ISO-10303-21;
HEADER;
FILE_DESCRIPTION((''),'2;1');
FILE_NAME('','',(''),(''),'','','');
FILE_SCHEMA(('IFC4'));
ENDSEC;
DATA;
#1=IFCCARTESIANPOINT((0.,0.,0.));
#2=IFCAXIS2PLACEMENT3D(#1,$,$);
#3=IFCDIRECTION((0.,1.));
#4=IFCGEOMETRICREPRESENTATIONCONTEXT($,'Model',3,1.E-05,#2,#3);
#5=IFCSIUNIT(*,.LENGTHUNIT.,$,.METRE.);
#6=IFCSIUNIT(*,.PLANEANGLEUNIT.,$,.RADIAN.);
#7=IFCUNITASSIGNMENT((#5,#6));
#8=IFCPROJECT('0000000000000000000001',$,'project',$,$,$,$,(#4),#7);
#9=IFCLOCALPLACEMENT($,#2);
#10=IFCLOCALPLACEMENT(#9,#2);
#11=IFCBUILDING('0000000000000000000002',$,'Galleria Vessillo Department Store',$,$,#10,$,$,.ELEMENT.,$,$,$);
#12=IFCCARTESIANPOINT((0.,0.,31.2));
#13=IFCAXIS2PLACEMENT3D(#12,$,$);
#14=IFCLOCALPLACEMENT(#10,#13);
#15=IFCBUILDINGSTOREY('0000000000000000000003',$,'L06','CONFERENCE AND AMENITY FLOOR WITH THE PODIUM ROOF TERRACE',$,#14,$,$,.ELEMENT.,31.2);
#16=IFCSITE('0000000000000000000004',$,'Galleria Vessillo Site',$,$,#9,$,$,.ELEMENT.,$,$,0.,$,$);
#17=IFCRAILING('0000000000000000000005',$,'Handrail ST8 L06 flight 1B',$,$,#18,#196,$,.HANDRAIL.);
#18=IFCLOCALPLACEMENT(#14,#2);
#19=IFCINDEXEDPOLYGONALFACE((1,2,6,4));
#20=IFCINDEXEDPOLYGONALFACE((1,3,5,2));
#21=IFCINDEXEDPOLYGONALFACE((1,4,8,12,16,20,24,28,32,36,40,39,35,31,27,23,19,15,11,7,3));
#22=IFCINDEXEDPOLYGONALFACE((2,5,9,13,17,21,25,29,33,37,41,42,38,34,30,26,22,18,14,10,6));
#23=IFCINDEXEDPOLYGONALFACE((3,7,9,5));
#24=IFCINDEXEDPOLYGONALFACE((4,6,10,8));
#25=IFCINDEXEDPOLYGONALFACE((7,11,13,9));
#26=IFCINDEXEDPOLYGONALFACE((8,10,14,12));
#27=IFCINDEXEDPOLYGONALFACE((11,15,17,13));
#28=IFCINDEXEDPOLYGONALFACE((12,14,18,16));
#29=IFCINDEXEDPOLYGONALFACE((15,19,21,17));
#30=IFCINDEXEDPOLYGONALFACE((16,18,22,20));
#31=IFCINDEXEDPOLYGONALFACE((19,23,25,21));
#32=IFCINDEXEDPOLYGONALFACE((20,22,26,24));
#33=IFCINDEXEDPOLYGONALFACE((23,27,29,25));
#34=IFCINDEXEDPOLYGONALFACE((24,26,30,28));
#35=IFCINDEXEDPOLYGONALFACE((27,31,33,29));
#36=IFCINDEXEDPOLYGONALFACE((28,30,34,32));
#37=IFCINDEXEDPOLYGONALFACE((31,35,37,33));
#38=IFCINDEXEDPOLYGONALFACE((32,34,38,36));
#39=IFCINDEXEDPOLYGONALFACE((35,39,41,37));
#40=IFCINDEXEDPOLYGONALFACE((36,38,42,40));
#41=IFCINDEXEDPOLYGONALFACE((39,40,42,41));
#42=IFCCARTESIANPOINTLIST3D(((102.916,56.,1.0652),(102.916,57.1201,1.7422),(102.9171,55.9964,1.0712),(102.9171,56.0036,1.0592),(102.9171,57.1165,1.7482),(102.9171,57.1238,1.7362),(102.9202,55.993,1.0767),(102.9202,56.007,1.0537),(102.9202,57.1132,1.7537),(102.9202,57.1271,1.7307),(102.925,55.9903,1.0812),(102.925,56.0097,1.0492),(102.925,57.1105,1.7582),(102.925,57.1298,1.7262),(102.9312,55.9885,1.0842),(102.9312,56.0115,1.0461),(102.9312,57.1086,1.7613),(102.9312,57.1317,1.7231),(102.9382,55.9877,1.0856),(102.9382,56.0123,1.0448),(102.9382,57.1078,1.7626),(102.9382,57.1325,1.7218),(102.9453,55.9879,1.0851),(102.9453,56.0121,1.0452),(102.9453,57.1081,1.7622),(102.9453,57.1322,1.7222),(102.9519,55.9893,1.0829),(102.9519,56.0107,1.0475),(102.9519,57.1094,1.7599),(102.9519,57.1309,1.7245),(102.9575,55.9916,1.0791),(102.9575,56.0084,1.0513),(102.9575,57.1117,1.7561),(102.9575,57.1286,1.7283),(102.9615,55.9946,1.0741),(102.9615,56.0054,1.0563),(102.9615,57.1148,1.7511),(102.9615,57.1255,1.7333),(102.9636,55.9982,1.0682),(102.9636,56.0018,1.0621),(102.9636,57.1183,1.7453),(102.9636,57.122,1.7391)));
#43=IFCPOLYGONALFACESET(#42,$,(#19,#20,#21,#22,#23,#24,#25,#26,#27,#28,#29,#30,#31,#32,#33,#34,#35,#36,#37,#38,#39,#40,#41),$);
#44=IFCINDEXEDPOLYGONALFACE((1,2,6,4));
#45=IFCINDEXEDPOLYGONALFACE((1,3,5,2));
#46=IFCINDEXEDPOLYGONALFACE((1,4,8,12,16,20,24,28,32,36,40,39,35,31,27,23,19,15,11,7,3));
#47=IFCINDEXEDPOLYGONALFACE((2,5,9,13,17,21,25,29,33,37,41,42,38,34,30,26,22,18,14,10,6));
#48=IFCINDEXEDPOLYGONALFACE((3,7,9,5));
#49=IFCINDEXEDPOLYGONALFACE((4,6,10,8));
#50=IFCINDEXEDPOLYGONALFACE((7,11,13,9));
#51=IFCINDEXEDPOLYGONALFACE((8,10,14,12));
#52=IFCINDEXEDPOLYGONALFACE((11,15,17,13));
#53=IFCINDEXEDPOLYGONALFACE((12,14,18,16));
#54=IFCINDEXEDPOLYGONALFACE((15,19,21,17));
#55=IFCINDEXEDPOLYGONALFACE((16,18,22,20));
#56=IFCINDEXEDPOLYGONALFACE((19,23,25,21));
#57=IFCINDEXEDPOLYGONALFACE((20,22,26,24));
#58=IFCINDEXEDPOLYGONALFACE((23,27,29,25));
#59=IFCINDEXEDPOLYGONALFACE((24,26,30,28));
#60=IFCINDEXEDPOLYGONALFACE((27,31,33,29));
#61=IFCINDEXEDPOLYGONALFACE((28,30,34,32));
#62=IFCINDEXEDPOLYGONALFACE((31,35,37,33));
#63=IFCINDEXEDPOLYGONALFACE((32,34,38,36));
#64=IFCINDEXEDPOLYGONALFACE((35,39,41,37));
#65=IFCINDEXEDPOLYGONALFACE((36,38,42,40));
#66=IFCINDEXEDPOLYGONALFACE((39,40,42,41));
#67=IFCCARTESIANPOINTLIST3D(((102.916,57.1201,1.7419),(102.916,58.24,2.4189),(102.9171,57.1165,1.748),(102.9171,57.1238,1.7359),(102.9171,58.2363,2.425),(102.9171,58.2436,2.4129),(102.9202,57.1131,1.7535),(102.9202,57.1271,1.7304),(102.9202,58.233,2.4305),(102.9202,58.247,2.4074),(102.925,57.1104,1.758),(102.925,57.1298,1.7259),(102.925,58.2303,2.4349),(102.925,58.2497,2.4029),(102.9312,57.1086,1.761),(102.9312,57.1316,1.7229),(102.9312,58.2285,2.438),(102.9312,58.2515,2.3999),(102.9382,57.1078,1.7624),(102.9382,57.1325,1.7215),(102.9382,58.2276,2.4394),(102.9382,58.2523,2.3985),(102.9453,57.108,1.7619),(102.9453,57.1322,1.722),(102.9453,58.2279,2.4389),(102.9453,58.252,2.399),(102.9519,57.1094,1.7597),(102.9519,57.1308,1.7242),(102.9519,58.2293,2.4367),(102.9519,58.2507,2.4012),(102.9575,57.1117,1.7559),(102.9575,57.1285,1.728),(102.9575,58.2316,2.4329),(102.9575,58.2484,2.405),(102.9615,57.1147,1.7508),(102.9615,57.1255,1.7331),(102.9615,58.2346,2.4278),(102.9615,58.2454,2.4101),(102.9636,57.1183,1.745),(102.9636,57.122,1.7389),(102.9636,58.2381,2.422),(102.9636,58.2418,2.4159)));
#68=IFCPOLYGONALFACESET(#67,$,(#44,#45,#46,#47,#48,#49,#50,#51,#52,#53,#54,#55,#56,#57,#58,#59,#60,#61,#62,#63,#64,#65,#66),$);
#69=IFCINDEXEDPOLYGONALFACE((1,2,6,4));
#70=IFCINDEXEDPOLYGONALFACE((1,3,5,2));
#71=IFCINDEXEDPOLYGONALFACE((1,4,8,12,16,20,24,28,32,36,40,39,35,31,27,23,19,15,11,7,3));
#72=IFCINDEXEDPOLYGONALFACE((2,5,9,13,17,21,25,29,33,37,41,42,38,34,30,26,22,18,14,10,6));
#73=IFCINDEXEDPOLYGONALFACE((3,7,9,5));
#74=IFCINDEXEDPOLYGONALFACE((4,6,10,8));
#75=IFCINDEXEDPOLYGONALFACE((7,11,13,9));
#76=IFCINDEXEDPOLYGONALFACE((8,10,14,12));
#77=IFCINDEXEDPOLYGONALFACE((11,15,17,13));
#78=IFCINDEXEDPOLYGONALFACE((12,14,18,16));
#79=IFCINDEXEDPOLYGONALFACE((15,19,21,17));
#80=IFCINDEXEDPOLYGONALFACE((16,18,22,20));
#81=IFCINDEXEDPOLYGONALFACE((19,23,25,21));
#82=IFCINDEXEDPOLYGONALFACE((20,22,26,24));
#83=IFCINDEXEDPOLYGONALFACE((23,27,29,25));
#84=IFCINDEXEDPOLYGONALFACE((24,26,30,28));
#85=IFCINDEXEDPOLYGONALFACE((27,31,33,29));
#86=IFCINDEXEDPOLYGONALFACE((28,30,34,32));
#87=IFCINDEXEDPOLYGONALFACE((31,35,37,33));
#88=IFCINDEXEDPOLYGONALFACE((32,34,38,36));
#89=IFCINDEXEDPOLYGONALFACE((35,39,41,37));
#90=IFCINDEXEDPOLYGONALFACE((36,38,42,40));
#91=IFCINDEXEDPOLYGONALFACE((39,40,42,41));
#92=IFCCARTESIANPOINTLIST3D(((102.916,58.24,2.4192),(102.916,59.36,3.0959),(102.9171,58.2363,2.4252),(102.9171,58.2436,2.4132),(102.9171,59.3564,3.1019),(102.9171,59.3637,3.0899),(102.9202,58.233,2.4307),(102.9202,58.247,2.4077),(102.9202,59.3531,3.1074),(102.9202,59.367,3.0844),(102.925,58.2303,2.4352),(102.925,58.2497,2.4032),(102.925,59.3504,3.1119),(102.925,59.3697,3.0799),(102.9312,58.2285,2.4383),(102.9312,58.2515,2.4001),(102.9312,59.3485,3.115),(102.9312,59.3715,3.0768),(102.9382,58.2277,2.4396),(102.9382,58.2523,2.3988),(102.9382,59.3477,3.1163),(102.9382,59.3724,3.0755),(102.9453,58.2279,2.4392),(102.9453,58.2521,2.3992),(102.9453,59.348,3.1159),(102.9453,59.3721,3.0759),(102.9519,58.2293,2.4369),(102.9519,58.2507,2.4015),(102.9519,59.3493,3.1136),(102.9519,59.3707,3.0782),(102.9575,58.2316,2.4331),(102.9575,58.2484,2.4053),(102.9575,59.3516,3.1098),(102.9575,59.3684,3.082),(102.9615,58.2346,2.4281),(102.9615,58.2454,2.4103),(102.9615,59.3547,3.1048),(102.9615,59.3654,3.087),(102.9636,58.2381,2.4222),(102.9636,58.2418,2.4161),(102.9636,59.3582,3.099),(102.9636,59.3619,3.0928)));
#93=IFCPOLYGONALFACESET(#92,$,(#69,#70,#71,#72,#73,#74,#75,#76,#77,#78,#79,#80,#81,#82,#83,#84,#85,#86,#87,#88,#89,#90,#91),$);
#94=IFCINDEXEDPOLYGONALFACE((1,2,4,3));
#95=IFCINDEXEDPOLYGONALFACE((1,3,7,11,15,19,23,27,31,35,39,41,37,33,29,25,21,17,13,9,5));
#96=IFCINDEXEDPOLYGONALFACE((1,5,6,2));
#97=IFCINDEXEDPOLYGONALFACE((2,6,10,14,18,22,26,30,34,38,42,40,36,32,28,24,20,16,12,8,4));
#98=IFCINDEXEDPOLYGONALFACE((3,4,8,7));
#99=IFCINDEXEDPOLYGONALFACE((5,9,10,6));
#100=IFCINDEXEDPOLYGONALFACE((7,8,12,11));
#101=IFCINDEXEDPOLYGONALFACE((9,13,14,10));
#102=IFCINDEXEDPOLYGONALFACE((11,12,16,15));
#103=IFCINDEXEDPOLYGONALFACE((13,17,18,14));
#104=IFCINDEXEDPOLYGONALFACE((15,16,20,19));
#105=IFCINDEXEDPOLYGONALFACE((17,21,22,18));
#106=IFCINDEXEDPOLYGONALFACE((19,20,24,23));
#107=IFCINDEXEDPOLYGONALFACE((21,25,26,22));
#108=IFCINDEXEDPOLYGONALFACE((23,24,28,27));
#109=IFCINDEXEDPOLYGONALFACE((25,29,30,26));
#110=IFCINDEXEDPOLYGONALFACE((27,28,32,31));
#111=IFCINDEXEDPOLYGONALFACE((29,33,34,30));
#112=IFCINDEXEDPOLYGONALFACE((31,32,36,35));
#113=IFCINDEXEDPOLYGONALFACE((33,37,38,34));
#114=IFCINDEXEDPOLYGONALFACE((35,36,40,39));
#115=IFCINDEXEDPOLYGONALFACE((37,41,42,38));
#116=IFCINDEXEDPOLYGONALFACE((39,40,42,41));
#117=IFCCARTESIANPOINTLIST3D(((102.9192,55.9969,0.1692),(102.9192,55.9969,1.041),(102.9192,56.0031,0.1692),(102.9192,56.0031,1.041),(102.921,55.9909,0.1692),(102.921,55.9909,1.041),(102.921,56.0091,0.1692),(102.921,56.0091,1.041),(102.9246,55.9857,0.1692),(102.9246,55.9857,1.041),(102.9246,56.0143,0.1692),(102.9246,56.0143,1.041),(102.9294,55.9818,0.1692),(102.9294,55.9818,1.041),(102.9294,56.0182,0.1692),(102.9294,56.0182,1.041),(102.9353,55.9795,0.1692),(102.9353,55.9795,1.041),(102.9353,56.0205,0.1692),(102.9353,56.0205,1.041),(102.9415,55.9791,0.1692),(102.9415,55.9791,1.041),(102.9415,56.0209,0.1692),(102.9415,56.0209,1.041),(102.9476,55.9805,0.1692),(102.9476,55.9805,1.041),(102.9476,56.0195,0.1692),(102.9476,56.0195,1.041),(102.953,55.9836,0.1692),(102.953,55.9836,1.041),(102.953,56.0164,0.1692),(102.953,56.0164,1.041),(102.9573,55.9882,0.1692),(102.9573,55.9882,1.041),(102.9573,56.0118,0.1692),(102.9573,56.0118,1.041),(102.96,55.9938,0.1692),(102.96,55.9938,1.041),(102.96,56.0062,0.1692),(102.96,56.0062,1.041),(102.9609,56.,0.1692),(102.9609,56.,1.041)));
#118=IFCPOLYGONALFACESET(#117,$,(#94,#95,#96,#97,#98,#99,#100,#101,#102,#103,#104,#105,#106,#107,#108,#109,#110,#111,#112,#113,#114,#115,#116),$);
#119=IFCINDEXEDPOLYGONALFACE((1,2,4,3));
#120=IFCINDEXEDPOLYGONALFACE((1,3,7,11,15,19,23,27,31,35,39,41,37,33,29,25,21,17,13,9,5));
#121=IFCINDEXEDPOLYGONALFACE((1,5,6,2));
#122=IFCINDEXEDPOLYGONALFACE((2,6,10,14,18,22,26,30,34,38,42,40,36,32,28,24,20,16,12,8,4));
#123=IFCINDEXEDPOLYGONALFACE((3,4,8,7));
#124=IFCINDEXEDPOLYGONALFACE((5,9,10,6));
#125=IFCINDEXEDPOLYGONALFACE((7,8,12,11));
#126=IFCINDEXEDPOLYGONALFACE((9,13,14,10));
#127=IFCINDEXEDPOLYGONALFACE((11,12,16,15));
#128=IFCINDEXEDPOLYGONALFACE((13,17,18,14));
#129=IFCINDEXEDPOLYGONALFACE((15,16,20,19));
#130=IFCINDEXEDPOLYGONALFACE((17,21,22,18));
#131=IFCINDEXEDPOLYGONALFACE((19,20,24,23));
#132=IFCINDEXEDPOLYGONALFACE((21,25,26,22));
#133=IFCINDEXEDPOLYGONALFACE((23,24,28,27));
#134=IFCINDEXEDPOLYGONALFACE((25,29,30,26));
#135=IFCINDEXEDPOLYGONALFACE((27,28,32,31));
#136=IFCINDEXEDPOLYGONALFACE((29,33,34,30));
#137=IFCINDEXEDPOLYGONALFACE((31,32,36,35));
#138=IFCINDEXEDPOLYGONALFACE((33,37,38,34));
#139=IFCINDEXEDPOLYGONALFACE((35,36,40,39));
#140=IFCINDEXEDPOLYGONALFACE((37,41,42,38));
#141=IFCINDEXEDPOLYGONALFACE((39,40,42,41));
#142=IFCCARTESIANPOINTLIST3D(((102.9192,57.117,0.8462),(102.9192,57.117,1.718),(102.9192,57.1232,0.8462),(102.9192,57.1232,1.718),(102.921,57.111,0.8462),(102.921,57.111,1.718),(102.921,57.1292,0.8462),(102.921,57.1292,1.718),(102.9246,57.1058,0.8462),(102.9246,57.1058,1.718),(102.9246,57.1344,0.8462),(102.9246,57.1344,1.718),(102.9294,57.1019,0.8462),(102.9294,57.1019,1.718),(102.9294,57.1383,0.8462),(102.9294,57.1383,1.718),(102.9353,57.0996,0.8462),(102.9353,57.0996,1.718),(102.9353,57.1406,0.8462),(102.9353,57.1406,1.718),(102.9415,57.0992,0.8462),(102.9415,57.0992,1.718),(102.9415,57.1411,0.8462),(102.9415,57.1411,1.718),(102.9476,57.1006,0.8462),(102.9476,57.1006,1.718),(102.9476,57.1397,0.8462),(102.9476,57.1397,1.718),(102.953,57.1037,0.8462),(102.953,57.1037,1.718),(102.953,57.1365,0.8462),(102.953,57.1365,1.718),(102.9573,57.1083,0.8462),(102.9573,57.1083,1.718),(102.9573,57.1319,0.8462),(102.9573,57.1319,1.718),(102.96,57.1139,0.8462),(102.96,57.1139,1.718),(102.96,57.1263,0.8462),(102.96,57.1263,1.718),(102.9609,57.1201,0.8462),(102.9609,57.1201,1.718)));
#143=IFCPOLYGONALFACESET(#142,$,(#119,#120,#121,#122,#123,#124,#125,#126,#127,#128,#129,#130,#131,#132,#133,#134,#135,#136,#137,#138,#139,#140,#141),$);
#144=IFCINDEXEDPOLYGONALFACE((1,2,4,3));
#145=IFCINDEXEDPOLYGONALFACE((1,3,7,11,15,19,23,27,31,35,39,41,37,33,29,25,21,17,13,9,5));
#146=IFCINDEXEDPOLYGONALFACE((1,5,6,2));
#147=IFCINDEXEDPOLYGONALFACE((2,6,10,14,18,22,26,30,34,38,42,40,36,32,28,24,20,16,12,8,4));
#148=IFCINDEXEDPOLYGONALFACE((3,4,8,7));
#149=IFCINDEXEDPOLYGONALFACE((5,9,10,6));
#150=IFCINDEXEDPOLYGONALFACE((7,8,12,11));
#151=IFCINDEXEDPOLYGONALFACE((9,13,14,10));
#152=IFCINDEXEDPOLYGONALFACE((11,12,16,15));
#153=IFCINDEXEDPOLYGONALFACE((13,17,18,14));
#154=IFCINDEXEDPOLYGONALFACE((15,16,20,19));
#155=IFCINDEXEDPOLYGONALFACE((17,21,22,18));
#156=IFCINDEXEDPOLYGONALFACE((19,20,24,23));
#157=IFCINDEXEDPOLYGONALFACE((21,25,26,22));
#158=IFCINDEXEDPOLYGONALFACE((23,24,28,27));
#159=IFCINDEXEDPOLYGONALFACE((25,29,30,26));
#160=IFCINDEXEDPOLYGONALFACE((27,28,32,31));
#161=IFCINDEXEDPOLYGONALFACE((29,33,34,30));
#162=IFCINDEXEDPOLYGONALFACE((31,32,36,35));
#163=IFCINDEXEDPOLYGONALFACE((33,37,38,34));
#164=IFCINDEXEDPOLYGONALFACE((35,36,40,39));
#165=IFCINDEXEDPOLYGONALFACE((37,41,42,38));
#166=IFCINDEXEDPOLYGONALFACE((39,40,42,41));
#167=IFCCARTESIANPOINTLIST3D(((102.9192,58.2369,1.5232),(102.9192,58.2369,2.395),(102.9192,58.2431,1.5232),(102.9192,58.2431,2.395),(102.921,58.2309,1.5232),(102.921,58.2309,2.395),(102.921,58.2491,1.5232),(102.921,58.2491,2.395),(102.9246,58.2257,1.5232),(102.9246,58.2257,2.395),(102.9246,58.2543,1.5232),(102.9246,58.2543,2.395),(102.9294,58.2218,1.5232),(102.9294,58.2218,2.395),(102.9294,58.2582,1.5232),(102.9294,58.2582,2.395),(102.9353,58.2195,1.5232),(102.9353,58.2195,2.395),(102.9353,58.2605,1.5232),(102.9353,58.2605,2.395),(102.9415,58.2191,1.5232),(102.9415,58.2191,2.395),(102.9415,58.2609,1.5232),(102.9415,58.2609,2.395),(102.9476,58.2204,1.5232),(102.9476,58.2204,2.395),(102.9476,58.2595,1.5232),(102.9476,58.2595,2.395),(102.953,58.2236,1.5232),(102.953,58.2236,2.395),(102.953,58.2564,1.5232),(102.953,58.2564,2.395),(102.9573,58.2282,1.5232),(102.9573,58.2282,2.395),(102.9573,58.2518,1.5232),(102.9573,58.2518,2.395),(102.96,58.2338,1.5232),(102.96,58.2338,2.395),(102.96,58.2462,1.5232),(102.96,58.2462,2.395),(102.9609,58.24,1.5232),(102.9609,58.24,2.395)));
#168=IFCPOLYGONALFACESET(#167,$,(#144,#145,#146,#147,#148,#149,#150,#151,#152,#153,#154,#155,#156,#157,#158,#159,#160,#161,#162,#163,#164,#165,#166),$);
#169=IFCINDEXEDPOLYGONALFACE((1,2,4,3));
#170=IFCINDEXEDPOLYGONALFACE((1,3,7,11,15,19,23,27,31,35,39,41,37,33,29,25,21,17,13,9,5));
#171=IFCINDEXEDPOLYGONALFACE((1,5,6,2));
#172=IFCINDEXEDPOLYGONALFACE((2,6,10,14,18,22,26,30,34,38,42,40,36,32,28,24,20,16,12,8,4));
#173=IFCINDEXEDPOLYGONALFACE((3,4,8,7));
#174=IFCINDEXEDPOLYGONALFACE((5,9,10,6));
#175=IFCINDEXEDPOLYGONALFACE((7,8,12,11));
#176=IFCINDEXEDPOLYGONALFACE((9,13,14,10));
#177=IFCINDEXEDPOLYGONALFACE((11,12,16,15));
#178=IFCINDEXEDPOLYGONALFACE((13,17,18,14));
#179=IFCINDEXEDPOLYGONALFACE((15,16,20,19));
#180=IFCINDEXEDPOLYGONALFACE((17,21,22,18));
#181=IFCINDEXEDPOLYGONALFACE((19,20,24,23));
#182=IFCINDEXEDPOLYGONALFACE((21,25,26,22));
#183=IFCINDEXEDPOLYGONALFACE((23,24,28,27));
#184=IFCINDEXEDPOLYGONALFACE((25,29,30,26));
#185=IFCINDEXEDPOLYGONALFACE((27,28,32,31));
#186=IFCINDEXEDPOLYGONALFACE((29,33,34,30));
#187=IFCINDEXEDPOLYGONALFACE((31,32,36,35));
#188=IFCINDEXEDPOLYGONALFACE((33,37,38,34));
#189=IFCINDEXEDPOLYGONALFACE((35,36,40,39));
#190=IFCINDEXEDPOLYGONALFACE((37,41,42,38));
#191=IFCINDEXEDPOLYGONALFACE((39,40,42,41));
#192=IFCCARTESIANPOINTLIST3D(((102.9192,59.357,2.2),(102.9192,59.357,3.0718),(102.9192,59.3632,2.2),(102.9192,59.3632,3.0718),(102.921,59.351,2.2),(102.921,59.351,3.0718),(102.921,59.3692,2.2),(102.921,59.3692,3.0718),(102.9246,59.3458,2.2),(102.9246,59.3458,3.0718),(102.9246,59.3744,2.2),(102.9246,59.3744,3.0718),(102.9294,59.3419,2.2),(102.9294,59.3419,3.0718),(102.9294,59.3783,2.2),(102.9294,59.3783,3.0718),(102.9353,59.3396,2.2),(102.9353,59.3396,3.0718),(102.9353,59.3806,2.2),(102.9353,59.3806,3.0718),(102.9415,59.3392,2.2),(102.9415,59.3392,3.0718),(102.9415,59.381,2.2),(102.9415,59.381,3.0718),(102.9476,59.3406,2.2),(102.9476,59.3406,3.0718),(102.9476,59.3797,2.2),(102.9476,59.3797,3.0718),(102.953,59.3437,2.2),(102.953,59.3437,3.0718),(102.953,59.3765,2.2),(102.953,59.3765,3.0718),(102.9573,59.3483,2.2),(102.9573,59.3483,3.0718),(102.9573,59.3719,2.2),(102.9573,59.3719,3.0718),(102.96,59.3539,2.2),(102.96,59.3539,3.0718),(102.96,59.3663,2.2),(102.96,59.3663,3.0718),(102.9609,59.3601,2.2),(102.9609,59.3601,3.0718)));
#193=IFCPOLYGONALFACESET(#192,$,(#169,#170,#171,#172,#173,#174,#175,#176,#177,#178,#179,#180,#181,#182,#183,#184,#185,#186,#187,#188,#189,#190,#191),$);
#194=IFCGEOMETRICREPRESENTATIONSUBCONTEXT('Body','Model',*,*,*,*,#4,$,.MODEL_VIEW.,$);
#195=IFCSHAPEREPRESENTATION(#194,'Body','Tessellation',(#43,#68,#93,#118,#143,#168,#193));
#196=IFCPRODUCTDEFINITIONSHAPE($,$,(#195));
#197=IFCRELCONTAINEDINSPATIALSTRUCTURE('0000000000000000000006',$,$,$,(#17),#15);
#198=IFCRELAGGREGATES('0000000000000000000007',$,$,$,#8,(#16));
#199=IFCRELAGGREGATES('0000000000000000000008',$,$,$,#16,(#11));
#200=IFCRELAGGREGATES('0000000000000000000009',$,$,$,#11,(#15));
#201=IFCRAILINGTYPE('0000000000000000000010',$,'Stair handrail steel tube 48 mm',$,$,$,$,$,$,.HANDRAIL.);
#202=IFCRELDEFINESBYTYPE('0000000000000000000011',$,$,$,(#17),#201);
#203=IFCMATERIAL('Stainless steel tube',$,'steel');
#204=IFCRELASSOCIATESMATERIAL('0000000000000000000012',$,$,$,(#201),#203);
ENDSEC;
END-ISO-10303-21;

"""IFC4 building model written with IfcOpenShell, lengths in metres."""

from ifc_helpers import new_model, si_unit, direction, frame, origin, origin_2d, place, context, subcontext, project, spatial, circle, extrude, material, type_object, element, save


model = new_model("IFC4")

# Units and contexts
model_context = context("Model", 3, precision=1e-05, world=origin(), true_north=direction((0.0, 1.0)))
body_context = subcontext(model_context, "Body", "Model", "MODEL_VIEW")
ifc_project = project(units=[si_unit("LENGTHUNIT", "METRE"), si_unit("PLANEANGLEUNIT", "RADIAN")], contexts=[model_context])

# Site, building, storey
site_placement = place(None, origin())
site = spatial("IfcSite", under=ifc_project, at=site_placement, Name="Galleria Vessillo Site", CompositionType="ELEMENT", RefElevation=0.0)
building_placement = place(site_placement, origin())
building = spatial("IfcBuilding", under=site, at=building_placement, Name="Galleria Vessillo Department Store", CompositionType="ELEMENT")
storey_placement = place(building_placement, frame((0.0, 0.0, 31.2)))
storey = spatial("IfcBuildingStorey", under=building, at=storey_placement, Name="L06", Description="CONFERENCE AND AMENITY FLOOR WITH THE PODIUM ROOF TERRACE", CompositionType="ELEMENT", Elevation=31.2)

# Railing
ifc_material_1 = material(Name="Stainless steel tube", Category="steel")
railing_type = type_object("IfcRailingType", Name="Stair handrail steel tube 48 mm", PredefinedType="HANDRAIL", material=ifc_material_1)
for number, where, name in (
    (1, (102.9399, 56.0, 0.1692), "Handrail ST8 L06 flight 1B"),
):
    element("IfcRailing", number, at=place(storey_placement, frame(where)), inside=storey, type_object=railing_type, Name=name, PredefinedType="HANDRAIL", context=body_context, shape_type="SweptSolid", body=[
        extrude(circle(Radius=0.0239, at=origin_2d()), frame((0.0, 0.0, 0.896), z_axis=(0.0, 0.855826, 0.517264), x_axis=(-1.0, 0.0, 0.0)), (0.0, 0.0, 1.0), 1.3088),
        extrude(circle(Radius=0.0239, at=origin_2d()), frame((0.0, 1.1201, 1.5728), z_axis=(0.0, 0.855776, 0.517346), x_axis=(-1.0, 0.0, 0.0)), (0.0, 0.0, 1.0), 1.3086),
        extrude(circle(Radius=0.0239, at=origin_2d()), frame((0.0, 2.24, 2.25), z_axis=(0.0, 0.855909, 0.517127), x_axis=(-1.0, 0.0, 0.0)), (0.0, 0.0, 1.0), 1.3086),
        extrude(circle(Radius=0.021, at=origin_2d()), origin(), (0.0, 0.0, 1.0), 0.8718),
        extrude(circle(Radius=0.021, at=origin_2d()), frame((0.0, 1.1201, 0.677)), (0.0, 0.0, 1.0), 0.8718),
        extrude(circle(Radius=0.021, at=origin_2d()), frame((0.0, 2.24, 1.354)), (0.0, 0.0, 1.0), 0.8718),
        extrude(circle(Radius=0.021, at=origin_2d()), frame((0.0, 3.3601, 2.0308)), (0.0, 0.0, 1.0), 0.8718),
    ])

save(model, "model.ifc")
